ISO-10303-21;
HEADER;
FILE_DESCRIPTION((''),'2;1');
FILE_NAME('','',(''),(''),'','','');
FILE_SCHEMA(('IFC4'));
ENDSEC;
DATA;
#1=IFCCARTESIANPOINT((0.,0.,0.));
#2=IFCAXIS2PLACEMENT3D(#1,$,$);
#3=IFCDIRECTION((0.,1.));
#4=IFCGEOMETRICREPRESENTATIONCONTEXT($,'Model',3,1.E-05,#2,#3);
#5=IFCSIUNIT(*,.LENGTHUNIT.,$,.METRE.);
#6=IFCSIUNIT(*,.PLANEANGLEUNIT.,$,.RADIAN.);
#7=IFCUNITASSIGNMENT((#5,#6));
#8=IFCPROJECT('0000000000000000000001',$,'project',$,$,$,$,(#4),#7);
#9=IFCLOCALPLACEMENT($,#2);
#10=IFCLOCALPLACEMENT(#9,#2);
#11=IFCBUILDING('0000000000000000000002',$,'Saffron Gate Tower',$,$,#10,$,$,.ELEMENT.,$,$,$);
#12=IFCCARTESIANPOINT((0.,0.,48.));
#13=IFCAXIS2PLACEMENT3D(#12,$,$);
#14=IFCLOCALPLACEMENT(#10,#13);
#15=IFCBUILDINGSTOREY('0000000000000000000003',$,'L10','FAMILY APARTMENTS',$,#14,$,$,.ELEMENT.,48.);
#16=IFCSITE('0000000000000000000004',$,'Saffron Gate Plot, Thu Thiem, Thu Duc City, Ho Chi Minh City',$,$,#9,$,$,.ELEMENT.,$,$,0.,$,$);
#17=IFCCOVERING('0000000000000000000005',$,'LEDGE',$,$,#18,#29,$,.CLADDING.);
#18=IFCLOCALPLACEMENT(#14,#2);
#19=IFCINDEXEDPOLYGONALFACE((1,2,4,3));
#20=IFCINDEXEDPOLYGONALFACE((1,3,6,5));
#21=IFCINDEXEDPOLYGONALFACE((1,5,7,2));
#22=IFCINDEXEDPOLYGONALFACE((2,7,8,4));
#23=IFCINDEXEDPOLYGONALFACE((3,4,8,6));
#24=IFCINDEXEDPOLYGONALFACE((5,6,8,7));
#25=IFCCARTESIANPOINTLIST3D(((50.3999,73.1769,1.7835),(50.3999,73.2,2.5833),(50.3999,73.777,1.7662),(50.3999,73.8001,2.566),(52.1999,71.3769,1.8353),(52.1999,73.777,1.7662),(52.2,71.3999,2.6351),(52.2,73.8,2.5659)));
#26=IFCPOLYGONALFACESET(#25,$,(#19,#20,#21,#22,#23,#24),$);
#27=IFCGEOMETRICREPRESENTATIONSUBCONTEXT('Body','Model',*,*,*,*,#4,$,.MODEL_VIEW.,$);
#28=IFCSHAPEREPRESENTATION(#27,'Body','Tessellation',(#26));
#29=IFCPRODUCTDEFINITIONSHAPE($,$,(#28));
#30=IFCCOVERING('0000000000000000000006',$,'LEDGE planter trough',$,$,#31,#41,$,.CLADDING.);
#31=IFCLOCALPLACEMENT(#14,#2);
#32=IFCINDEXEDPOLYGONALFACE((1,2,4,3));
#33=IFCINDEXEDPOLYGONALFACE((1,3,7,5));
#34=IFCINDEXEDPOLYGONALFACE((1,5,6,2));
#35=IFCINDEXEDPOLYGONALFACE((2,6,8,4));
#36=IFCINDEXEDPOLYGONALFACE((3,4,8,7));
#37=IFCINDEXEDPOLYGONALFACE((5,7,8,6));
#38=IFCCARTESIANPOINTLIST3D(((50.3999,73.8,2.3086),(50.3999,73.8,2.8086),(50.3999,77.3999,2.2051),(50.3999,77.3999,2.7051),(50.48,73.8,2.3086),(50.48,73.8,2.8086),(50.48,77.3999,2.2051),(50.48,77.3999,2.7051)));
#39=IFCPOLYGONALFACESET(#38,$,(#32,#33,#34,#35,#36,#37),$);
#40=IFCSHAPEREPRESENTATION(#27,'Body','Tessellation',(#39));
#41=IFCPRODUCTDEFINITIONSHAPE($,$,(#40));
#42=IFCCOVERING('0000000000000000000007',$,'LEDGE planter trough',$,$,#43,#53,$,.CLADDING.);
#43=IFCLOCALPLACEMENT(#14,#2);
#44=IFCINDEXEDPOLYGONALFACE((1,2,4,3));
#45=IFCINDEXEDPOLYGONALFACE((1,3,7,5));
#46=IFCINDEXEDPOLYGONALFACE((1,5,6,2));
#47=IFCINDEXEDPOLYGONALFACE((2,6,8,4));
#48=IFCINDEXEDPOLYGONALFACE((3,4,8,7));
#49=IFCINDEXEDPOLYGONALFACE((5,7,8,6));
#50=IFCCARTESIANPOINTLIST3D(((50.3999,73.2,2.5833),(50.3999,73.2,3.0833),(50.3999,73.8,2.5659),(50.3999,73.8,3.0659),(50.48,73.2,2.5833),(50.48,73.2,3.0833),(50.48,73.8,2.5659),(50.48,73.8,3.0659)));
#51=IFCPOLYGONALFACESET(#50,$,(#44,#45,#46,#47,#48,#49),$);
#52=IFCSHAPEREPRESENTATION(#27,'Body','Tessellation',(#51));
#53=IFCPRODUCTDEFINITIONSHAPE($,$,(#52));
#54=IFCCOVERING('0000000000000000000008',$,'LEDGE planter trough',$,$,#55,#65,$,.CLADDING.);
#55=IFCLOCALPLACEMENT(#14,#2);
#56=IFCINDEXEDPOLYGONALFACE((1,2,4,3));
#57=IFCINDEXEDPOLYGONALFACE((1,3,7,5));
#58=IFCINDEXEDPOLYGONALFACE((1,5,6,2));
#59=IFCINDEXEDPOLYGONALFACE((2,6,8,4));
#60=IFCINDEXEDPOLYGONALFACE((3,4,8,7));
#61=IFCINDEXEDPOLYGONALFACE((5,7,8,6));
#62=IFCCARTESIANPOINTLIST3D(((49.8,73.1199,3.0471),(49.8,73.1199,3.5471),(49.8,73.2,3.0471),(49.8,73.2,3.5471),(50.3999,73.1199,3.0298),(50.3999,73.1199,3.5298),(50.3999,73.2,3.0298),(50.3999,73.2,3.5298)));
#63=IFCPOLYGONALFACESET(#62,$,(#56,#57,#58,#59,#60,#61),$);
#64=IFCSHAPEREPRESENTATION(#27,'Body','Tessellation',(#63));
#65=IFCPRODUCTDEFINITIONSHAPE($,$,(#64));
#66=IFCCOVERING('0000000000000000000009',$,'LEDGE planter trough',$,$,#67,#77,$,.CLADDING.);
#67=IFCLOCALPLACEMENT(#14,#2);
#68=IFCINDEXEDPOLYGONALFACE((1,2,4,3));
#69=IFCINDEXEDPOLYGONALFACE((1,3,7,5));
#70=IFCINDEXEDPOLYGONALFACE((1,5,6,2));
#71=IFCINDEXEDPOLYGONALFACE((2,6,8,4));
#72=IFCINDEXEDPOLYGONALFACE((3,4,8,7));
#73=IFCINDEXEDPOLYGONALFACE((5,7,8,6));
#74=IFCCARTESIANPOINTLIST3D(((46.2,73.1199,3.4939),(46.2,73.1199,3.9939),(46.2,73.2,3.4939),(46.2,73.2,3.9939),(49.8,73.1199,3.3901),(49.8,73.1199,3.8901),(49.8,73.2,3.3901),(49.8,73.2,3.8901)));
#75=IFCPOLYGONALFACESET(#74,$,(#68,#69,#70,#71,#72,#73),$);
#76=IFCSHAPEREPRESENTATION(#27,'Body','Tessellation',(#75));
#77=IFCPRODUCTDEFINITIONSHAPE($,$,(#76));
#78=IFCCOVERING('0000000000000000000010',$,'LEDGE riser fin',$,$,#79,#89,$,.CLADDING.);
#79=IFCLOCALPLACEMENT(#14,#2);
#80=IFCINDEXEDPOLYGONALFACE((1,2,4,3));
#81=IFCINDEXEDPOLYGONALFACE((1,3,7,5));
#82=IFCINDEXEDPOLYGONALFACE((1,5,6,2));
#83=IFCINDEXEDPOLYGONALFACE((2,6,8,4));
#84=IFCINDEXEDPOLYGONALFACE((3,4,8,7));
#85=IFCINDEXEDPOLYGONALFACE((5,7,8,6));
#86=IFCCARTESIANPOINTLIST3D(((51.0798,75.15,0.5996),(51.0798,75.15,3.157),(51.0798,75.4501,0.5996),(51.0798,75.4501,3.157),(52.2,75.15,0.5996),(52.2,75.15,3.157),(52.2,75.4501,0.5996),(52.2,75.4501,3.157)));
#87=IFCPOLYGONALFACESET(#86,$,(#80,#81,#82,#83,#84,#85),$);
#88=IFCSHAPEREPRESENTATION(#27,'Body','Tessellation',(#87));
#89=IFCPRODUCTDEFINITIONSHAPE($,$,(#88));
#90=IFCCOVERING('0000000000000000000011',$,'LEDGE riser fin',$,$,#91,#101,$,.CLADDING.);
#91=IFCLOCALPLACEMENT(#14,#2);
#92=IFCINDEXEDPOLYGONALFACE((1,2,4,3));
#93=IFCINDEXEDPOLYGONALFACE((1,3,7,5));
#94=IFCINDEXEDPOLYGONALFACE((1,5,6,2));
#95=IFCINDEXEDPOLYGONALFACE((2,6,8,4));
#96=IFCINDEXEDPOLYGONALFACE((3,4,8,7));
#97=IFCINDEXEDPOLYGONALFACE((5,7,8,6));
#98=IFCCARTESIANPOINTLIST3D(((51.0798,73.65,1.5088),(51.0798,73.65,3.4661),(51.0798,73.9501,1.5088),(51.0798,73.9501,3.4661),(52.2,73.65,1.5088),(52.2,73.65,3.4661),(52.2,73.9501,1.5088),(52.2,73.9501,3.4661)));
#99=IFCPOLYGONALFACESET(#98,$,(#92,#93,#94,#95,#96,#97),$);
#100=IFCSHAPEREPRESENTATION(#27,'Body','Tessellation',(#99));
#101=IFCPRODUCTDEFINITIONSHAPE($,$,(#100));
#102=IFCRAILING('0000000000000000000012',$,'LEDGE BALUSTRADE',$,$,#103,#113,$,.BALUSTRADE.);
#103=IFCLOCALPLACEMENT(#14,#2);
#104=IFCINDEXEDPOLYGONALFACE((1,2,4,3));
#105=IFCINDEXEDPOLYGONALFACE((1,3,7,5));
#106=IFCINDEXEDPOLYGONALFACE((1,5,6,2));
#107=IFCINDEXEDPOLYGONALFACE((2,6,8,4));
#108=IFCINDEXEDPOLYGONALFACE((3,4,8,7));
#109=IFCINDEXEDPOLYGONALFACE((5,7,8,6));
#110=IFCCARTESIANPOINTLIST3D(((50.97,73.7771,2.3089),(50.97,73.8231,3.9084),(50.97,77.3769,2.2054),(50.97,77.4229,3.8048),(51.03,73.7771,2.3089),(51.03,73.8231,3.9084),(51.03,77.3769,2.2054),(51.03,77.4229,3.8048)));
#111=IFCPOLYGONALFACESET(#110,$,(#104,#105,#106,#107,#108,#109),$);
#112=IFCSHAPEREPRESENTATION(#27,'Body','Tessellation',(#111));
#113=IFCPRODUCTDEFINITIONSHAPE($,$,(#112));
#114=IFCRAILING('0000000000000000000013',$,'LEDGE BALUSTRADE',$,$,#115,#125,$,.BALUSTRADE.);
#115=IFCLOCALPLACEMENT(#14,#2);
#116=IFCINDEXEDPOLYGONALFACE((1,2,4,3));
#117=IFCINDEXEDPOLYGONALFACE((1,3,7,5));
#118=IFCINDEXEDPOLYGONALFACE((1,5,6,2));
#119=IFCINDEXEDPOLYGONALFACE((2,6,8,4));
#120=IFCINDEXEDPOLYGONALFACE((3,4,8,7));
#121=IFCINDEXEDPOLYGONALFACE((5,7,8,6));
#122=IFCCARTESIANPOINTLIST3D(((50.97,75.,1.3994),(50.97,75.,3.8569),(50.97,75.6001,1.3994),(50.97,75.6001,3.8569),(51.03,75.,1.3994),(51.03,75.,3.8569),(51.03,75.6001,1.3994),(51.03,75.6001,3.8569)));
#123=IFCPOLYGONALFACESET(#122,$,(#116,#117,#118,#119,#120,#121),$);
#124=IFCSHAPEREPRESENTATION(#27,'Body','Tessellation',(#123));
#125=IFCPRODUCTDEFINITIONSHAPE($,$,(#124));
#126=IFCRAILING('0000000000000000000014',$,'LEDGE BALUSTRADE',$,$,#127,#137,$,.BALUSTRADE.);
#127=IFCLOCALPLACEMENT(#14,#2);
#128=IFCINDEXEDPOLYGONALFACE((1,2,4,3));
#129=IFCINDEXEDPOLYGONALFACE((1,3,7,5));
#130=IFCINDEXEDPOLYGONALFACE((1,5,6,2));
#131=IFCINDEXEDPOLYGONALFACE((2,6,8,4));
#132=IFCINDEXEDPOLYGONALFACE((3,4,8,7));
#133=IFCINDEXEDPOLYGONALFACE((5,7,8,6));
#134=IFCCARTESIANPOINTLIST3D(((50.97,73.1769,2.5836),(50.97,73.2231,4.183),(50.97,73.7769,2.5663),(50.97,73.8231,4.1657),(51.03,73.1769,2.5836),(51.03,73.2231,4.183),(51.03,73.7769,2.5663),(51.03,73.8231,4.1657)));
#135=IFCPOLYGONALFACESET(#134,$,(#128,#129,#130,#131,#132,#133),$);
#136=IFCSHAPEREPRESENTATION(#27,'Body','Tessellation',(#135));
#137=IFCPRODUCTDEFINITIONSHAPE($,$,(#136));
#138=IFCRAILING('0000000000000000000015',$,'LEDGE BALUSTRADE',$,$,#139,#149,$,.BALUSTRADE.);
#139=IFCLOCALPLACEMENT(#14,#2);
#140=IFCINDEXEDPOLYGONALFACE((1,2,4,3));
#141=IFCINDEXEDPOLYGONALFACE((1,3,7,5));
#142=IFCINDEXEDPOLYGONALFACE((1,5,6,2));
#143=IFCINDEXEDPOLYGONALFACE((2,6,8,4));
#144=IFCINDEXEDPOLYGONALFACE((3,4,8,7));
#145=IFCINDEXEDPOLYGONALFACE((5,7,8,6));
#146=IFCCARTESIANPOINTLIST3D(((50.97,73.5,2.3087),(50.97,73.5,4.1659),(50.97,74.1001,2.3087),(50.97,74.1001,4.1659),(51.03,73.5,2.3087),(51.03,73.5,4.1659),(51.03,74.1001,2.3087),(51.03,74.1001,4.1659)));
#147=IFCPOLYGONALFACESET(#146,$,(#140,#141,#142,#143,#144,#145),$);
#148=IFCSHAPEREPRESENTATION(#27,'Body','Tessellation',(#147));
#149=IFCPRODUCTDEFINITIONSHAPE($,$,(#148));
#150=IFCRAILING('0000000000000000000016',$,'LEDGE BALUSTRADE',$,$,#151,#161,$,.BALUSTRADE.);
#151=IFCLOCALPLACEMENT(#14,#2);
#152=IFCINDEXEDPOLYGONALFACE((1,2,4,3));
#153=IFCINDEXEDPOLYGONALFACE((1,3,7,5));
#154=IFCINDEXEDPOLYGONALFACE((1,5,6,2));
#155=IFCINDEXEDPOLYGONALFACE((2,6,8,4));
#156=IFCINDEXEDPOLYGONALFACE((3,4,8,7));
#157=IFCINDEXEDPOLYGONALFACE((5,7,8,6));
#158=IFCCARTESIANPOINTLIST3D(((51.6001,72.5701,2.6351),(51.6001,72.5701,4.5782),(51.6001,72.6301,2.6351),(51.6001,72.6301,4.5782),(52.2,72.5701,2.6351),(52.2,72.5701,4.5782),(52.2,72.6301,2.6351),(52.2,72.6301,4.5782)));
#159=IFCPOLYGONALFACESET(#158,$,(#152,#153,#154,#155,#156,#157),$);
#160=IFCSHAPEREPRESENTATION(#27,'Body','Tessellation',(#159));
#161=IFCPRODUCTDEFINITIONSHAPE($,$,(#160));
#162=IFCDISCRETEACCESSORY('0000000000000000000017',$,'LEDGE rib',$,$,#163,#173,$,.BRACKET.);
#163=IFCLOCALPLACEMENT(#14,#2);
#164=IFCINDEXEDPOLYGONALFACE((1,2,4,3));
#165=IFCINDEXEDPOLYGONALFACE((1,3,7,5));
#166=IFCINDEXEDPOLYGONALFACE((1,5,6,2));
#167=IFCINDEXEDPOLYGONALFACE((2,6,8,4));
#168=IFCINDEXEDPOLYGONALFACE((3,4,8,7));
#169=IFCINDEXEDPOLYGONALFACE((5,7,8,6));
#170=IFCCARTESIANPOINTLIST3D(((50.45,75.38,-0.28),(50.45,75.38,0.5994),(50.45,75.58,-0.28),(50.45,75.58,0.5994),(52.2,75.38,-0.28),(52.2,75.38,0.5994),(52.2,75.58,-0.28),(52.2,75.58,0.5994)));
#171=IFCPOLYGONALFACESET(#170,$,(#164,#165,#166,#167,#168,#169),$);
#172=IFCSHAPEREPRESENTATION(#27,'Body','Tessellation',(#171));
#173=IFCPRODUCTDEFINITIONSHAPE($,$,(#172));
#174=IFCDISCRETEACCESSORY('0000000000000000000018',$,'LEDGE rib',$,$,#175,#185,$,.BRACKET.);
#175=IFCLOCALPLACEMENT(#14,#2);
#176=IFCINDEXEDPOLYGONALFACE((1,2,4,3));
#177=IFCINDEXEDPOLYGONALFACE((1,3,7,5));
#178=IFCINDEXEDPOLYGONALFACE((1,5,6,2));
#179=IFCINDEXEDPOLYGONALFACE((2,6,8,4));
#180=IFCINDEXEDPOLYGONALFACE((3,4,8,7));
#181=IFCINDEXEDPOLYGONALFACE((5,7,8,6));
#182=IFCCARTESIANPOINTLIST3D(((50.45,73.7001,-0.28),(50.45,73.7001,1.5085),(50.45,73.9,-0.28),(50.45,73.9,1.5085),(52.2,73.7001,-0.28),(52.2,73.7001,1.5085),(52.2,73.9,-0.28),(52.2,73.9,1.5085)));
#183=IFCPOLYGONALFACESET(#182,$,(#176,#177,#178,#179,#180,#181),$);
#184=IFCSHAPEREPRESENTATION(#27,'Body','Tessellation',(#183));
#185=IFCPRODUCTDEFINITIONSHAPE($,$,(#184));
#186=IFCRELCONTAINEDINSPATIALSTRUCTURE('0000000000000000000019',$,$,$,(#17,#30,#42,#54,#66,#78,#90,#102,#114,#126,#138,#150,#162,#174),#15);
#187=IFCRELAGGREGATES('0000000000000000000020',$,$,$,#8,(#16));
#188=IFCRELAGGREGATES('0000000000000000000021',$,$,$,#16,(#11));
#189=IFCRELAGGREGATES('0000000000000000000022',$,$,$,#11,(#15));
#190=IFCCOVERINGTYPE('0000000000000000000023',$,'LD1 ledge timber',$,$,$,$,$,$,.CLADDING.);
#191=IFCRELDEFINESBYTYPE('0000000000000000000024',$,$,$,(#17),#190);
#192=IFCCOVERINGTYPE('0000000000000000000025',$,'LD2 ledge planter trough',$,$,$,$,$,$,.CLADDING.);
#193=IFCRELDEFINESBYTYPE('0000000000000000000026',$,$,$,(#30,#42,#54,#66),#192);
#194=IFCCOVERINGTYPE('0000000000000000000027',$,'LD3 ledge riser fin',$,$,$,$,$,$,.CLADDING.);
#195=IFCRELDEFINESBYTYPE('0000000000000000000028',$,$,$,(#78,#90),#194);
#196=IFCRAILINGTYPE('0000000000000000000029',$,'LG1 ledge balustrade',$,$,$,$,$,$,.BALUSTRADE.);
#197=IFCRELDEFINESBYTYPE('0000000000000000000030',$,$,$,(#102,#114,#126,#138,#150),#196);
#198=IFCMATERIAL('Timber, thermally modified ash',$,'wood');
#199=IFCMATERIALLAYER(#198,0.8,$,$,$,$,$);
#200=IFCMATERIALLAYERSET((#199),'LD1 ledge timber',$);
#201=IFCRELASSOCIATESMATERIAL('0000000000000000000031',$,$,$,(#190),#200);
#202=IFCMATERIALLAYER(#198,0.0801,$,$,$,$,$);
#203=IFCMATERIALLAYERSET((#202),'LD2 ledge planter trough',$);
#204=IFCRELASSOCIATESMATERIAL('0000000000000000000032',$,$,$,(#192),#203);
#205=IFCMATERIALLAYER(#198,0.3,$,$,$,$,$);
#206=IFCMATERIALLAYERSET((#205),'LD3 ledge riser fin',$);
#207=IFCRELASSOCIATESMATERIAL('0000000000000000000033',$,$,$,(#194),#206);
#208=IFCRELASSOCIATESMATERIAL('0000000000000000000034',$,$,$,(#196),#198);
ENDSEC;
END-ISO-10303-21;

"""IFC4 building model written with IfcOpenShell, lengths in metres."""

from ifc_helpers import new_model, si_unit, direction, frame, origin, origin_2d, place, context, subcontext, project, spatial, polyline, rectangle, outline, extrude, material, layer, layer_set, type_object, element, save


model = new_model("IFC4")

# Units and contexts
model_context = context("Model", 3, precision=1e-05, world=origin(), true_north=direction((0.0, 1.0)))
body_context = subcontext(model_context, "Body", "Model", "MODEL_VIEW")
ifc_project = project(units=[si_unit("LENGTHUNIT", "METRE"), si_unit("PLANEANGLEUNIT", "RADIAN")], contexts=[model_context])

# Site, building, storey
site_placement = place(None, origin())
site = spatial("IfcSite", under=ifc_project, at=site_placement, Name="Saffron Gate Plot, Thu Thiem, Thu Duc City, Ho Chi Minh City", CompositionType="ELEMENT", RefElevation=0.0)
building_placement = place(site_placement, origin())
building = spatial("IfcBuilding", under=site, at=building_placement, Name="Saffron Gate Tower", CompositionType="ELEMENT")
storey_placement = place(building_placement, frame((0.0, 0.0, 48.0)))
storey = spatial("IfcBuildingStorey", under=building, at=storey_placement, Name="L10", Description="FAMILY APARTMENTS", CompositionType="ELEMENT", Elevation=48.0)

# Coverings
ifc_material = material(Name="Timber, thermally modified ash", Category="wood")
ifc_layer_1 = layer(ifc_material, 0.8)
ifc_layer_set_1 = layer_set([ifc_layer_1], Name="LD1 ledge timber")
covering_type_1 = type_object("IfcCoveringType", Name="LD1 ledge timber", PredefinedType="CLADDING", material=ifc_layer_set_1)
covering_1_placement = place(storey_placement, frame((52.2, 73.8, 2.5659), z_axis=(0.000026, 0.028794, 0.999585), x_axis=(0.0, -0.999585, 0.028794)))
element("IfcCovering", 1, at=covering_1_placement, inside=storey, type_object=covering_type_1, Name="LEDGE", PredefinedType="CLADDING", context=body_context, shape_type="SweptSolid", body=[
    extrude(outline(polyline([(0.0, 0.0), (2.4011, 0.0), (0.6003, -1.8), (0.0, -1.8), (0.0, 0.0)])), origin(), (0.0, 0.0, -1.0), 0.8),
])
ifc_layer_2 = layer(ifc_material, 0.0801)
ifc_layer_set_2 = layer_set([ifc_layer_2], Name="LD2 ledge planter trough")
covering_type_2 = type_object("IfcCoveringType", Name="LD2 ledge planter trough", PredefinedType="CLADDING", material=ifc_layer_set_2)
covering_2_placement = place(storey_placement, frame((50.3999, 77.3999, 2.2051), z_axis=(-1.0, 0.0, 0.0), x_axis=(0.0, -0.999587, 0.028744)))
element("IfcCovering", 2, at=covering_2_placement, inside=storey, type_object=covering_type_2, Name="LEDGE planter trough", PredefinedType="CLADDING", context=body_context, shape_type="SweptSolid", body=[
    extrude(outline(polyline([(0.0, 0.0), (3.6013, 0.0), (3.6157, 0.4998), (0.0144, 0.4998), (0.0, 0.0)])), origin(), (0.0, 0.0, -1.0), 0.0801),
])
covering_3_placement = place(storey_placement, frame((50.3999, 73.8, 2.5659), z_axis=(-1.0, 0.0, 0.0), x_axis=(0.0, -0.999583, 0.028873)))
element("IfcCovering", 3, at=covering_3_placement, inside=storey, type_object=covering_type_2, Name="LEDGE planter trough", PredefinedType="CLADDING", context=body_context, shape_type="SweptSolid", body=[
    extrude(outline(polyline([(0.0, 0.0), (0.6003, 0.0), (0.6148, 0.4998), (0.0144, 0.4998), (0.0, 0.0)])), origin(), (0.0, 0.0, -1.0), 0.0801),
])
covering_4_placement = place(storey_placement, frame((50.3999, 73.2, 3.0298), z_axis=(0.0, 1.0, 0.0), x_axis=(-0.999583, 0.0, 0.028885)))
element("IfcCovering", 4, at=covering_4_placement, inside=storey, type_object=covering_type_2, Name="LEDGE planter trough", PredefinedType="CLADDING", context=body_context, shape_type="SweptSolid", body=[
    extrude(outline(polyline([(0.0, 0.0), (0.6001, 0.0), (0.6145, 0.4998), (0.0144, 0.4998), (0.0, 0.0)])), origin(), (0.0, 0.0, -1.0), 0.0801),
])
covering_5_placement = place(storey_placement, frame((49.8, 73.2, 3.3901), z_axis=(0.0, 1.0, 0.0), x_axis=(-0.999585, 0.0, 0.028809)))
element("IfcCovering", 5, at=covering_5_placement, inside=storey, type_object=covering_type_2, Name="LEDGE planter trough", PredefinedType="CLADDING", context=body_context, shape_type="SweptSolid", body=[
    extrude(outline(polyline([(0.0, 0.0), (3.6016, 0.0), (3.616, 0.4998), (0.0144, 0.4998), (0.0, 0.0)])), origin(), (0.0, 0.0, -1.0), 0.0801),
])
ifc_layer_3 = layer(ifc_material, 0.3)
ifc_layer_set_3 = layer_set([ifc_layer_3], Name="LD3 ledge riser fin")
covering_type_3 = type_object("IfcCoveringType", Name="LD3 ledge riser fin", PredefinedType="CLADDING", material=ifc_layer_set_3)
covering_6_placement = place(storey_placement, frame((51.6399, 75.3, 0.5996), z_axis=(0.0, 0.0, 1.0), x_axis=(0.0, -1.0, 0.0)))
element("IfcCovering", 6, at=covering_6_placement, inside=storey, type_object=covering_type_3, Name="LEDGE riser fin", PredefinedType="CLADDING", context=body_context, shape_type="SweptSolid", body=[
    extrude(rectangle(XDim=0.3, YDim=1.1201, at=origin_2d()), origin(), (0.0, 0.0, 1.0), 2.5574),
])
covering_7_placement = place(storey_placement, frame((51.6399, 73.8, 1.5088), z_axis=(0.0, 0.0, 1.0), x_axis=(0.0, -1.0, 0.0)))
element("IfcCovering", 7, at=covering_7_placement, inside=storey, type_object=covering_type_3, Name="LEDGE riser fin", PredefinedType="CLADDING", context=body_context, shape_type="SweptSolid", body=[
    extrude(rectangle(XDim=0.3, YDim=1.1201, at=origin_2d()), origin(), (0.0, 0.0, 1.0), 1.9573),
])

# Railings
railing_type = type_object("IfcRailingType", Name="LG1 ledge balustrade", PredefinedType="BALUSTRADE", material=ifc_material)
railing_1_placement = place(storey_placement, frame((51.0, 77.3999, 2.2051)))
element("IfcRailing", 8, at=railing_1_placement, inside=storey, type_object=railing_type, Name="LEDGE BALUSTRADE", PredefinedType="BALUSTRADE", context=body_context, shape_type="SweptSolid", body=[
    extrude(rectangle(XDim=0.0601, YDim=1.6001, at=origin_2d()), frame((0.0, 0.0, 0.8), z_axis=(0.0, -0.999587, 0.028744), x_axis=(1.0, 0.0, 0.0)), (0.0, 0.0, 1.0), 3.6013),
])
railing_2_placement = place(storey_placement, frame((51.0, 75.6001, 1.3994)))
element("IfcRailing", 9, at=railing_2_placement, inside=storey, type_object=railing_type, Name="LEDGE BALUSTRADE", PredefinedType="BALUSTRADE", context=body_context, shape_type="SweptSolid", body=[
    extrude(rectangle(XDim=0.0601, YDim=2.4575, at=origin_2d()), frame((0.0, 0.0, 1.2288), z_axis=(0.0, -1.0, 0.0), x_axis=(1.0, 0.0, 0.0)), (0.0, 0.0, 1.0), 0.6001),
])
railing_3_placement = place(storey_placement, frame((51.0, 73.8, 2.5659)))
element("IfcRailing", 10, at=railing_3_placement, inside=storey, type_object=railing_type, Name="LEDGE BALUSTRADE", PredefinedType="BALUSTRADE", context=body_context, shape_type="SweptSolid", body=[
    extrude(rectangle(XDim=0.0601, YDim=1.6001, at=origin_2d()), frame((0.0, 0.0, 0.8), z_axis=(0.0, -0.999583, 0.028873), x_axis=(1.0, 0.0, 0.0)), (0.0, 0.0, 1.0), 0.6003),
])
railing_4_placement = place(storey_placement, frame((51.0, 74.1001, 2.3086)))
element("IfcRailing", 11, at=railing_4_placement, inside=storey, type_object=railing_type, Name="LEDGE BALUSTRADE", PredefinedType="BALUSTRADE", context=body_context, shape_type="SweptSolid", body=[
    extrude(rectangle(XDim=0.0601, YDim=1.8572, at=origin_2d()), frame((0.0, 0.0, 0.9287), z_axis=(0.0, -1.0, 0.0), x_axis=(1.0, 0.0, 0.0)), (0.0, 0.0, 1.0), 0.6001),
])
railing_5_placement = place(storey_placement, frame((52.2, 72.6001, 2.635)))
element("IfcRailing", 12, at=railing_5_placement, inside=storey, type_object=railing_type, Name="LEDGE BALUSTRADE", PredefinedType="BALUSTRADE", context=body_context, shape_type="SweptSolid", body=[
    extrude(rectangle(XDim=0.0601, YDim=1.9431, at=origin_2d()), frame((0.0, 0.0, 0.9717), z_axis=(-1.0, 0.0, 0.0), x_axis=(0.0, -1.0, 0.0)), (0.0, 0.0, 1.0), 0.5999),
])

# Discrete accessories
discrete_accessory_1_placement = place(storey_placement, frame((51.325, 75.48, -0.28), z_axis=(0.0, 0.0, 1.0), x_axis=(0.0, -1.0, 0.0)))
element("IfcDiscreteAccessory", 13, at=discrete_accessory_1_placement, inside=storey, Name="LEDGE rib", PredefinedType="BRACKET", context=body_context, shape_type="SweptSolid", body=[
    extrude(rectangle(XDim=0.2, YDim=1.75, at=origin_2d()), origin(), (0.0, 0.0, 1.0), 0.8794),
])
discrete_accessory_2_placement = place(storey_placement, frame((51.325, 73.8, -0.28), z_axis=(0.0, 0.0, 1.0), x_axis=(0.0, -1.0, 0.0)))
element("IfcDiscreteAccessory", 14, at=discrete_accessory_2_placement, inside=storey, Name="LEDGE rib", PredefinedType="BRACKET", context=body_context, shape_type="SweptSolid", body=[
    extrude(rectangle(XDim=0.2, YDim=1.75, at=origin_2d()), origin(), (0.0, 0.0, 1.0), 1.7886),
])

save(model, "model.ifc")
